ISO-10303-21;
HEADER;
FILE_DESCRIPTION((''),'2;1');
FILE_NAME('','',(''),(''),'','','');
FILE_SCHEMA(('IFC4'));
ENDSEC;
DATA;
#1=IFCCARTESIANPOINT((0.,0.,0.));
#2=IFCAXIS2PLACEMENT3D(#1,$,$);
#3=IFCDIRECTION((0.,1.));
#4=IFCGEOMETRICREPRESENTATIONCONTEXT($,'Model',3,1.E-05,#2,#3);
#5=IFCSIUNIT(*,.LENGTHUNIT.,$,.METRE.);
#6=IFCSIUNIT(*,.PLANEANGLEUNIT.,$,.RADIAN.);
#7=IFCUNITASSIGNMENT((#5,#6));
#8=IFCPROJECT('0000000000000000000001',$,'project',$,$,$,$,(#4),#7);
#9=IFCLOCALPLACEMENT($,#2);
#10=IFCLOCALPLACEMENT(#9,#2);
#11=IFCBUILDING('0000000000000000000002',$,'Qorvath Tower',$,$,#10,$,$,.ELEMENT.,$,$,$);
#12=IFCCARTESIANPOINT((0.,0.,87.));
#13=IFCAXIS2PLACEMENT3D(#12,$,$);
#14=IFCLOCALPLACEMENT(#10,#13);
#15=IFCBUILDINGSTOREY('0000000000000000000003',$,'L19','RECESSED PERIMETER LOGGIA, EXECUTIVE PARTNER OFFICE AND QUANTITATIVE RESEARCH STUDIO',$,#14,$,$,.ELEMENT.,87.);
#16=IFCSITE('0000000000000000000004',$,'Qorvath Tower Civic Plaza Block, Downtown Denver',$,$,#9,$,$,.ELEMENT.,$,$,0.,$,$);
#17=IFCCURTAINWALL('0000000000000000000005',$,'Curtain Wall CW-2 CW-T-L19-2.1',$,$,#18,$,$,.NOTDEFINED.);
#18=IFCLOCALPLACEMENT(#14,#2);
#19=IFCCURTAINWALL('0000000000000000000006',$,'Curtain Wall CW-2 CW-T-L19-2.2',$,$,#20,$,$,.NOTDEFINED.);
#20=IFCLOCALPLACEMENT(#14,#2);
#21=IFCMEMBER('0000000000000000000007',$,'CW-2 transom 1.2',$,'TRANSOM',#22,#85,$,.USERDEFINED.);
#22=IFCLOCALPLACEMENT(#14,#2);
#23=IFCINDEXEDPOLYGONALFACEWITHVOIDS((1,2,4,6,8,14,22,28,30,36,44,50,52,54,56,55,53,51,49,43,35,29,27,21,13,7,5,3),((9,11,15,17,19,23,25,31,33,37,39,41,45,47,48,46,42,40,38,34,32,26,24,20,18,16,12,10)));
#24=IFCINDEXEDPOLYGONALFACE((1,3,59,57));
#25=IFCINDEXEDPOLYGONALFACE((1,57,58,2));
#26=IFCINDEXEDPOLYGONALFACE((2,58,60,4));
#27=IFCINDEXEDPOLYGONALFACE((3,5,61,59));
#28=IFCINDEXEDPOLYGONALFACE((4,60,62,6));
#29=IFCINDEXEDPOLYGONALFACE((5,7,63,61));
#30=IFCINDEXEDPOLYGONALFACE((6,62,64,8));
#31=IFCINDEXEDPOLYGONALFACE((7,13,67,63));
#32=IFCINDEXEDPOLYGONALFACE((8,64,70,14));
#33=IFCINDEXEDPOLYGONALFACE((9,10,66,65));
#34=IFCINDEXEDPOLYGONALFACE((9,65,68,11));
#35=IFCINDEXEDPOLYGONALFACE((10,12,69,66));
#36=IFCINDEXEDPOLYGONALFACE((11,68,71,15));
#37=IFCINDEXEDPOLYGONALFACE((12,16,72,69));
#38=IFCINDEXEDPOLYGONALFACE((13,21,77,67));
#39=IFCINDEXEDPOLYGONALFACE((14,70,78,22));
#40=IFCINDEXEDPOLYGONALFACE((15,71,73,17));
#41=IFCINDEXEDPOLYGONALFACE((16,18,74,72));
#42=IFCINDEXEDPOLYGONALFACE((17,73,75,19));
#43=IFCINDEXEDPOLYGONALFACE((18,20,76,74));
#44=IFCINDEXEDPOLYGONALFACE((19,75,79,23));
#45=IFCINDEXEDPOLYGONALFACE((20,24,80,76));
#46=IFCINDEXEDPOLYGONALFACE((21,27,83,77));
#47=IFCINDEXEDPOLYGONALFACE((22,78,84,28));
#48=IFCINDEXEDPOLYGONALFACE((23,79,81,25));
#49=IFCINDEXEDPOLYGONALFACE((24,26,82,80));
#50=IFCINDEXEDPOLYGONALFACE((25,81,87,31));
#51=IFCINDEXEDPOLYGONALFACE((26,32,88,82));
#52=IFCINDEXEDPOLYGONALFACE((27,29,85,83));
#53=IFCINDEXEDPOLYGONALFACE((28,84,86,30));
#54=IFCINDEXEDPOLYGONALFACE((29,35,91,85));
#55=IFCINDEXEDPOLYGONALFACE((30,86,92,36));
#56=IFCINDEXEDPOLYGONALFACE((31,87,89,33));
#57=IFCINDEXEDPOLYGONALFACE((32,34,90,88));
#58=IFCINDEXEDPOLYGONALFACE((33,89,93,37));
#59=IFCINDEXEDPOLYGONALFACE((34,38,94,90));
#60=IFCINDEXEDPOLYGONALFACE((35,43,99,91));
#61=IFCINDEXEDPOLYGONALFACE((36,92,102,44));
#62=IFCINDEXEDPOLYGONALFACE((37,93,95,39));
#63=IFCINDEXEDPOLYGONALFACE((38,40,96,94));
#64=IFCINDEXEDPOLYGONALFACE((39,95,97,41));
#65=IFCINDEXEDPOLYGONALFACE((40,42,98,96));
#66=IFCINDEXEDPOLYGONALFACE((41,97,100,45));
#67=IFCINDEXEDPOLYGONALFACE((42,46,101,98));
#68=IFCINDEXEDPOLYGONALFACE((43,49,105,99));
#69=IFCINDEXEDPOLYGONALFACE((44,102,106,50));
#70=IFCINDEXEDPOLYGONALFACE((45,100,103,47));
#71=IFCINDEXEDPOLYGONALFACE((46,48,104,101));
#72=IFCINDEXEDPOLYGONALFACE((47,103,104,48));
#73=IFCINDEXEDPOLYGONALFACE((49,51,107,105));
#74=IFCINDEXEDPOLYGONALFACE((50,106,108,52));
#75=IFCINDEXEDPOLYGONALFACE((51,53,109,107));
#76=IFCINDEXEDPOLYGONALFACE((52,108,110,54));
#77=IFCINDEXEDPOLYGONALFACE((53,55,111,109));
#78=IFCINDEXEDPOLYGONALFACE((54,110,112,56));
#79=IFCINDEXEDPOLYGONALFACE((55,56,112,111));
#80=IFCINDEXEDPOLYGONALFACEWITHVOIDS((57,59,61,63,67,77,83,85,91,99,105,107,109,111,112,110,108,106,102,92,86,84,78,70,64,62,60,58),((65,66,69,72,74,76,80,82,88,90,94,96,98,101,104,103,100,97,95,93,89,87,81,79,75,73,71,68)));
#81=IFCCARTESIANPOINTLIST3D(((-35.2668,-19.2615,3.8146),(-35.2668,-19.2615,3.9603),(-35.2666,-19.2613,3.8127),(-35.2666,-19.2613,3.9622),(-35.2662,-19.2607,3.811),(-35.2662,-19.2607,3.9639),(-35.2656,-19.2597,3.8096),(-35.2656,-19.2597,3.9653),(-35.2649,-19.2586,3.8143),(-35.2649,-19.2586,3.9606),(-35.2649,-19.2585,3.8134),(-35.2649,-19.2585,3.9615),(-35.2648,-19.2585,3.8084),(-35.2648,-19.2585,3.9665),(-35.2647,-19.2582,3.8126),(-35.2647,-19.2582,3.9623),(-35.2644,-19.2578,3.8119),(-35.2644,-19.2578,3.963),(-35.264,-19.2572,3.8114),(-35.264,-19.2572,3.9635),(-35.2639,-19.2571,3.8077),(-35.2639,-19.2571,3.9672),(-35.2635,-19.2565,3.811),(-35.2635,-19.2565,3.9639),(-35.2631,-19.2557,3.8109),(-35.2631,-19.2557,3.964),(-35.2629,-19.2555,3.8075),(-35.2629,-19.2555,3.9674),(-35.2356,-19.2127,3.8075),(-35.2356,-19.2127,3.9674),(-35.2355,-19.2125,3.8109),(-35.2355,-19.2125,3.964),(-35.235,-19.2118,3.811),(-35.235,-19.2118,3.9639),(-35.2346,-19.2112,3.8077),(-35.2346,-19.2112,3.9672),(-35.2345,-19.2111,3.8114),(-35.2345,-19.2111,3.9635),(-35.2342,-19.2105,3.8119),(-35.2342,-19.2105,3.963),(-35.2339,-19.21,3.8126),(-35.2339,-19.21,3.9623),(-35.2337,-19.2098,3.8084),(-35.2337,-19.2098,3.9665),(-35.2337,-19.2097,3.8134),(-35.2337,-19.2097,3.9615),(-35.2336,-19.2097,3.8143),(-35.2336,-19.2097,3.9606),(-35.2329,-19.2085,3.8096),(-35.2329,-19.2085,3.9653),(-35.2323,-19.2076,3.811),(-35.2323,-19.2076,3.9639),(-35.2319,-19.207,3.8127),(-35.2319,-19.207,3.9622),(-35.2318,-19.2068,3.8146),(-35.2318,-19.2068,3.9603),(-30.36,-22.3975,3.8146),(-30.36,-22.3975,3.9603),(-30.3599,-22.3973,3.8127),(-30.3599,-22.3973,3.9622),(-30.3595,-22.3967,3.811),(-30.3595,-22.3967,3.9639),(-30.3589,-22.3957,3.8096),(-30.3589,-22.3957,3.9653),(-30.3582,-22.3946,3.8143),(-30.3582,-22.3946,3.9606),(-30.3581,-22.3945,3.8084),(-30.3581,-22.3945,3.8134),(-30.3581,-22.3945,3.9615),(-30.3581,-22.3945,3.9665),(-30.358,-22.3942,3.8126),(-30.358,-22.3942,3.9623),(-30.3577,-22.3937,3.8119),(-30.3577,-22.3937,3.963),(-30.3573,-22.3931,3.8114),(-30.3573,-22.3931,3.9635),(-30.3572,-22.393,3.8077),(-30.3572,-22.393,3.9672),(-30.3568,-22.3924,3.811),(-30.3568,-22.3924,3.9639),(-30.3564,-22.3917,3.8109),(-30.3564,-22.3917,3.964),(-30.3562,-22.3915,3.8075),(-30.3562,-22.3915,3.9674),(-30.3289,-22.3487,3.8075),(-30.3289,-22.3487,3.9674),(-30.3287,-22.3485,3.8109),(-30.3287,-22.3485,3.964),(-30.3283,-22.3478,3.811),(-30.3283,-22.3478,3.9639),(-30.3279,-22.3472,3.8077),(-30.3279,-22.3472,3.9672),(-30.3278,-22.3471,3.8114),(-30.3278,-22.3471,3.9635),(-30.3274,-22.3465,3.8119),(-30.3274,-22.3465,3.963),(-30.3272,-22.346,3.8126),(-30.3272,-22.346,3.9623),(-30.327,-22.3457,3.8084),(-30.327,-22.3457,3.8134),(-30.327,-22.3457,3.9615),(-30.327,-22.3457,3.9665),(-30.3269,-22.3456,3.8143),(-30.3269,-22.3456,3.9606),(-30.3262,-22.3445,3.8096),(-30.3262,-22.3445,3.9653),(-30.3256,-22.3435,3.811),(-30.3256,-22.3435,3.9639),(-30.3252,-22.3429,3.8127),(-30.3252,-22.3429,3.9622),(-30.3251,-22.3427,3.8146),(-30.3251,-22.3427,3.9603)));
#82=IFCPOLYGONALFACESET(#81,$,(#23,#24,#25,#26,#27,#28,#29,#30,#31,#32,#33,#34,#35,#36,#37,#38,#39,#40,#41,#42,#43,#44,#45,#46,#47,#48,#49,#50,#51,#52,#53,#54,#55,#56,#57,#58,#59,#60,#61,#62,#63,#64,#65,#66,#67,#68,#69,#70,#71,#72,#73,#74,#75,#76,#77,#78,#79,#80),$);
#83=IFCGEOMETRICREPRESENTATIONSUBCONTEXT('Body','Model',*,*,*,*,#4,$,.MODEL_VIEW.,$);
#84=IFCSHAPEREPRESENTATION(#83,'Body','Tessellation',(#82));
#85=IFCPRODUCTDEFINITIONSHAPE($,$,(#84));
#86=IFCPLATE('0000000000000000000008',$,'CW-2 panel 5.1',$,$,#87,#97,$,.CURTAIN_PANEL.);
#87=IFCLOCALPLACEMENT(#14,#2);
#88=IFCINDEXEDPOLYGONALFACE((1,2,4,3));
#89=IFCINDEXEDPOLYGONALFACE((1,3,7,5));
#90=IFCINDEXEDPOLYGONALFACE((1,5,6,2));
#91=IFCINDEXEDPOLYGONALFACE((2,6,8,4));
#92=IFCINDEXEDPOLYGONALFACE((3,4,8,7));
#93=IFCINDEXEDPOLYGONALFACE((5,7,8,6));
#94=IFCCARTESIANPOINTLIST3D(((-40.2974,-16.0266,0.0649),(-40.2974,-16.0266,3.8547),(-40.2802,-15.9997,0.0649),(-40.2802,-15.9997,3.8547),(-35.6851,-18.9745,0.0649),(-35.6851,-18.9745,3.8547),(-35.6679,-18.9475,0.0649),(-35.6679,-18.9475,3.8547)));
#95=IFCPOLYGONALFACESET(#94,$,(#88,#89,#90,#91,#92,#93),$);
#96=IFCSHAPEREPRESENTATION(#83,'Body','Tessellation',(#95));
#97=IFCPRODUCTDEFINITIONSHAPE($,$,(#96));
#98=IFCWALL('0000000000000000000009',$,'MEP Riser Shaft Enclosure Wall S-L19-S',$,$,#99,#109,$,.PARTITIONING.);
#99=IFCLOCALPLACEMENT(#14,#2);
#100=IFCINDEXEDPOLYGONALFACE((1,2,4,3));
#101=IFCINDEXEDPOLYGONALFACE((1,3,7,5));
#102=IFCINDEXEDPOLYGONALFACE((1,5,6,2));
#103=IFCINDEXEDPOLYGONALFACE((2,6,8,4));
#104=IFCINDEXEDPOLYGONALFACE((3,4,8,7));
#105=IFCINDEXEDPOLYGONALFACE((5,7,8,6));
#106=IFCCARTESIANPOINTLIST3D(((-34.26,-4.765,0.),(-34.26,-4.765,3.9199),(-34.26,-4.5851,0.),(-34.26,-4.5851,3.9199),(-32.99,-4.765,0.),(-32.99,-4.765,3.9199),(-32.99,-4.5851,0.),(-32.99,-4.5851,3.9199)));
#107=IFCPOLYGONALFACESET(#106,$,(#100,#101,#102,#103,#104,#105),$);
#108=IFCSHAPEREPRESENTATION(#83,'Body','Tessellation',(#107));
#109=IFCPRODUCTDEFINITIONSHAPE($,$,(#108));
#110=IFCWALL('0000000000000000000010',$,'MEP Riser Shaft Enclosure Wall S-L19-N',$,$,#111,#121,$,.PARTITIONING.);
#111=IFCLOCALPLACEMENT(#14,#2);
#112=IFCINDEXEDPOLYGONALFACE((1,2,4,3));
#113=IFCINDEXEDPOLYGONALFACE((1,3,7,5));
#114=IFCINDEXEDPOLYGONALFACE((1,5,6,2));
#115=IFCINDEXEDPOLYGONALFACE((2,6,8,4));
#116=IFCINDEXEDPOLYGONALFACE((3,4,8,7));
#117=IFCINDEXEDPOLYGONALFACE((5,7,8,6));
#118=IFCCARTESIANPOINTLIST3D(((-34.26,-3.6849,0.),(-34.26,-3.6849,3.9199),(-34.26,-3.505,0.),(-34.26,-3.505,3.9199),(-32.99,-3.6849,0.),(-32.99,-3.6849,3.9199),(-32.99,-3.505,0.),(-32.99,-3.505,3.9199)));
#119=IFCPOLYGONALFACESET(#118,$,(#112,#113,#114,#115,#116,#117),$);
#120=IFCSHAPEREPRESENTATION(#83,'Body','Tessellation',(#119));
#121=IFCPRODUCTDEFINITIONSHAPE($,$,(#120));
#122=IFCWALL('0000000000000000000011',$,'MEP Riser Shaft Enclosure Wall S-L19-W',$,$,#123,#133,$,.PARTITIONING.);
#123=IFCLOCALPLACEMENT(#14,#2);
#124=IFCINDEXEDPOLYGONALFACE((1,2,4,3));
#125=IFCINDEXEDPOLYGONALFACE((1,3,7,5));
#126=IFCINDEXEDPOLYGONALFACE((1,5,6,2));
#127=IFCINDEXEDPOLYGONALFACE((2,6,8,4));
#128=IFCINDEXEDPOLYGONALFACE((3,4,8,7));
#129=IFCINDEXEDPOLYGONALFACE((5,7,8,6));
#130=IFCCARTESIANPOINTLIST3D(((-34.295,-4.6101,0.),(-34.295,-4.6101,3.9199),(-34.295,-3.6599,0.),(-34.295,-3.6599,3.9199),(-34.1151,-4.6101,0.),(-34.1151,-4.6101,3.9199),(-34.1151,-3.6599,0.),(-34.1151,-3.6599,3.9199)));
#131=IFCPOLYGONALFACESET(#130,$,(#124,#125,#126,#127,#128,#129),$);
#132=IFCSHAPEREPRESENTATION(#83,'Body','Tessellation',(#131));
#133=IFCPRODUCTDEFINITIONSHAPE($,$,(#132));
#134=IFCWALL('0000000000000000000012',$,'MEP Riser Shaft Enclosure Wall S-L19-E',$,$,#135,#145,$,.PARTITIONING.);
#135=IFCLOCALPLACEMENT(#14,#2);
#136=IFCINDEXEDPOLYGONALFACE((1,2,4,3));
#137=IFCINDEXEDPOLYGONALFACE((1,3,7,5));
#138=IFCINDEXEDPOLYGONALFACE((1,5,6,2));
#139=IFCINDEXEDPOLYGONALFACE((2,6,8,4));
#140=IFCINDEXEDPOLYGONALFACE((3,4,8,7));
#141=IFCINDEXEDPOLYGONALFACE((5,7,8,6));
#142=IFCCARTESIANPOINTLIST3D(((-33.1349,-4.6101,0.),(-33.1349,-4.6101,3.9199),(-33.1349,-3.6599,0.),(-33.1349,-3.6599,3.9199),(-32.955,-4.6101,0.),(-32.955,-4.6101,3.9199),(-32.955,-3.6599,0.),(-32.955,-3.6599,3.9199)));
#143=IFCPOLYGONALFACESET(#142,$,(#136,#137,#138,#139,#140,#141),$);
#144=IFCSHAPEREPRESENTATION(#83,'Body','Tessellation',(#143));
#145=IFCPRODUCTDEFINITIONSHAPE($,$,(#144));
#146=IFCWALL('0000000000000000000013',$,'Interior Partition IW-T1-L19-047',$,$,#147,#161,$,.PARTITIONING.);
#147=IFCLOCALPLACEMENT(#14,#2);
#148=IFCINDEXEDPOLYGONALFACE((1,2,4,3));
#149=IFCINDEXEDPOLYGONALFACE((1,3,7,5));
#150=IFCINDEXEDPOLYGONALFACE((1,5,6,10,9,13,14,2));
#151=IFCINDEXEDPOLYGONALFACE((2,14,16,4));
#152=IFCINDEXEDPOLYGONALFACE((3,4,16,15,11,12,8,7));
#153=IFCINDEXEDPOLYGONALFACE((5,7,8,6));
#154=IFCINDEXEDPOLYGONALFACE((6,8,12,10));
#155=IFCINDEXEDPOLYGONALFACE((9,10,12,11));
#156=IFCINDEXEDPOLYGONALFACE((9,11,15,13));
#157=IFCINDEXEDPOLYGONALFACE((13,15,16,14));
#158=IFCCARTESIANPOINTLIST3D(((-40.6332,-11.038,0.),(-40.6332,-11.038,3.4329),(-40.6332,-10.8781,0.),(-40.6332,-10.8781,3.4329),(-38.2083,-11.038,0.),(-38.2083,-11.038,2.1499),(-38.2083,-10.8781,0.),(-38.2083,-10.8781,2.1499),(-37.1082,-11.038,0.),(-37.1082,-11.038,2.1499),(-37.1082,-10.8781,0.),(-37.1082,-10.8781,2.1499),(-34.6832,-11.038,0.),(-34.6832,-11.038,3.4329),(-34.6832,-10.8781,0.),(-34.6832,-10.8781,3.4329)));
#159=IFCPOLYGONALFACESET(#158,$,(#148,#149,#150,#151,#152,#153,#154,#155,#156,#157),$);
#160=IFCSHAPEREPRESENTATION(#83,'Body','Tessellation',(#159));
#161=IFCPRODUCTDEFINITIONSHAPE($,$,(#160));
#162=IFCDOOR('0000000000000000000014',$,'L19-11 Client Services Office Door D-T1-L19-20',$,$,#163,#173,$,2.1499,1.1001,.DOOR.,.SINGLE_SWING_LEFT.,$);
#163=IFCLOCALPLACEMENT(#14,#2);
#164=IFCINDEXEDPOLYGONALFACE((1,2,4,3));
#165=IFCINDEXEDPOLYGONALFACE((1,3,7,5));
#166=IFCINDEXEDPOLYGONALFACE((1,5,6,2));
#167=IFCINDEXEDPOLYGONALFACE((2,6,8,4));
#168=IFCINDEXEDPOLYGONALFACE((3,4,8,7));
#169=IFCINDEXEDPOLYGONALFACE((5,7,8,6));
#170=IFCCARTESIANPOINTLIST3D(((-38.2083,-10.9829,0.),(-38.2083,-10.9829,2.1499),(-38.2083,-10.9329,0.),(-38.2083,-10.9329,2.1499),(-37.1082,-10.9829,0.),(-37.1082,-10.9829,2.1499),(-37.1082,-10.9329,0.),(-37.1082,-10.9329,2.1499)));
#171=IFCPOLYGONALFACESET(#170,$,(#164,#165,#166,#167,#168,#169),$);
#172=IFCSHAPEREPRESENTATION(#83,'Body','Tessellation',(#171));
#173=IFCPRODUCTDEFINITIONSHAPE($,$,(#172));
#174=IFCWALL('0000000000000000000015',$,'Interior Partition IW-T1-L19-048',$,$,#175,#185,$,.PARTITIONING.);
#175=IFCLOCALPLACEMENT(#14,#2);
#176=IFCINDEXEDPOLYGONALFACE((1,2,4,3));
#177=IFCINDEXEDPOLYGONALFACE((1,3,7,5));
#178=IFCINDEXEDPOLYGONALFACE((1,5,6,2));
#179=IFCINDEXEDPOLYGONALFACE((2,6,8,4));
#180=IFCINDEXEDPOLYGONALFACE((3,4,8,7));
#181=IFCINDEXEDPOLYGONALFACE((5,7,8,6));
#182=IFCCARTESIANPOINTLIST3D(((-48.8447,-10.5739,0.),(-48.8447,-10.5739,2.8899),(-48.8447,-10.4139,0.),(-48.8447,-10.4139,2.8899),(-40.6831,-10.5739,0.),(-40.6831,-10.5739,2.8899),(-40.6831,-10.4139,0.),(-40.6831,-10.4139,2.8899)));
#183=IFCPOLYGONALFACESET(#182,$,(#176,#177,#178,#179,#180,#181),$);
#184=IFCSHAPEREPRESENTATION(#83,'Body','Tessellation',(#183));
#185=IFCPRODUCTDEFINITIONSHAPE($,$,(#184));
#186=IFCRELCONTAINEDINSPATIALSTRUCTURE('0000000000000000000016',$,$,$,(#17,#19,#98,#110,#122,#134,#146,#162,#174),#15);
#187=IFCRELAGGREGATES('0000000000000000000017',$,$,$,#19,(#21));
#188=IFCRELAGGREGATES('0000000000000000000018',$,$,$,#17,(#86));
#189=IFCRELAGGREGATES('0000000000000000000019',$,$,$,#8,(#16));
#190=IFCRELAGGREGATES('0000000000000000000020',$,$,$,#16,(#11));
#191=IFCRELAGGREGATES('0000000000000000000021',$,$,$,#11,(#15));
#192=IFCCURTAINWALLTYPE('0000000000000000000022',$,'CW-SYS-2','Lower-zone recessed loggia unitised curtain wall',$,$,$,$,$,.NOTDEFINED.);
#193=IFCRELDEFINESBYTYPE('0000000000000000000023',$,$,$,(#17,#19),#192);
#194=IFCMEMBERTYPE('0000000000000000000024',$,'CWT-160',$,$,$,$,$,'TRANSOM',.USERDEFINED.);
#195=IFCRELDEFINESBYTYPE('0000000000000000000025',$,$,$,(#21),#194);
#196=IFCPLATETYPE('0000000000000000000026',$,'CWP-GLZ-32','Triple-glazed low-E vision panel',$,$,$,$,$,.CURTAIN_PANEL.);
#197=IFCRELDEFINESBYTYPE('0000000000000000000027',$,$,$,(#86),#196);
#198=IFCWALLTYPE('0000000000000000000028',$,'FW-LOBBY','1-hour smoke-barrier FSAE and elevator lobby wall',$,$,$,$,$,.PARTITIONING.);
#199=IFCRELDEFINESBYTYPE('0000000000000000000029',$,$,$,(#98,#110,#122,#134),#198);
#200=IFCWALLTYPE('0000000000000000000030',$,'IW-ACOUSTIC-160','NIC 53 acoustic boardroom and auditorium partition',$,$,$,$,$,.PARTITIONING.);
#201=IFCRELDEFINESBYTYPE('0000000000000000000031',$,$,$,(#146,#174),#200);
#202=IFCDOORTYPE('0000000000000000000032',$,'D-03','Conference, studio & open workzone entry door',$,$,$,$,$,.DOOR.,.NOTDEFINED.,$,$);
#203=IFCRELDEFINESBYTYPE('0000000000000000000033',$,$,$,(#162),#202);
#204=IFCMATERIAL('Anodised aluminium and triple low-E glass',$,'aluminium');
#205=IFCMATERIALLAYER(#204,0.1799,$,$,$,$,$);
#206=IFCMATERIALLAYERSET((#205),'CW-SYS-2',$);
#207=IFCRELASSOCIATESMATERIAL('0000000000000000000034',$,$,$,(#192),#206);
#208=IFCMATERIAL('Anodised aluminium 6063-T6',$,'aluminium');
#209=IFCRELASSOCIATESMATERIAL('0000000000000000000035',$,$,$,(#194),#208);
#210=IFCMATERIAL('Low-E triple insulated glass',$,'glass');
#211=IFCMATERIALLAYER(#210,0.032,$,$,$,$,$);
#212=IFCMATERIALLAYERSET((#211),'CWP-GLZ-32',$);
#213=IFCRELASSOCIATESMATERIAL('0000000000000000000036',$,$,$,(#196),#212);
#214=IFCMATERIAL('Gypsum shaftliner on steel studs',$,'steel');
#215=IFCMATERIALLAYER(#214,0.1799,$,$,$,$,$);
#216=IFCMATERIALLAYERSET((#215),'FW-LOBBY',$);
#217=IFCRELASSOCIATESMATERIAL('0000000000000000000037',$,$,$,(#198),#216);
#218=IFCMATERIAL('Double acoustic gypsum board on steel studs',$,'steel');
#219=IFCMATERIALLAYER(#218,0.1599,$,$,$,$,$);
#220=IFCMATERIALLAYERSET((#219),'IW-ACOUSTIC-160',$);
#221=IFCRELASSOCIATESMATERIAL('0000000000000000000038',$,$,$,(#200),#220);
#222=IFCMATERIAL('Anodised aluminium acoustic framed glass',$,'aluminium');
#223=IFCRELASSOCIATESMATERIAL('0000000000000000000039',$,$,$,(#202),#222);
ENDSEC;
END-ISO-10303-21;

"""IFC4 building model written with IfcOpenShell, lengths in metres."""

from ifc_helpers import new_model, si_unit, direction, frame, frame_2d, origin, origin_2d, place, context, subcontext, project, spatial, rectangle, hollow_rectangle, extrude, material, layer, layer_set, material_profile, profile_set, type_object, element, fill, aggregate, save


model = new_model("IFC4")

# Units and contexts
model_context = context("Model", 3, precision=1e-05, world=origin(), true_north=direction((0.0, 1.0)))
body_context = subcontext(model_context, "Body", "Model", "MODEL_VIEW")
ifc_project = project(units=[si_unit("LENGTHUNIT", "METRE"), si_unit("PLANEANGLEUNIT", "RADIAN")], contexts=[model_context])

# Site, building, storey
site_placement = place(None, origin())
site = spatial("IfcSite", under=ifc_project, at=site_placement, Name="Qorvath Tower Civic Plaza Block, Downtown Denver", CompositionType="ELEMENT", RefElevation=0.0)
building_placement = place(site_placement, origin())
building = spatial("IfcBuilding", under=site, at=building_placement, Name="Qorvath Tower", CompositionType="ELEMENT")
storey_placement = place(building_placement, frame((0.0, 0.0, 87.0)))
storey = spatial("IfcBuildingStorey", under=building, at=storey_placement, Name="L19", Description="RECESSED PERIMETER LOGGIA, EXECUTIVE PARTNER OFFICE AND QUANTITATIVE RESEARCH STUDIO", CompositionType="ELEMENT", Elevation=87.0)

# Curtain wall
ifc_material_1 = material(Name="Anodised aluminium and triple low-E glass", Category="aluminium")
ifc_layer_1 = layer(ifc_material_1, 0.1799)
ifc_layer_set_1 = layer_set([ifc_layer_1], Name="CW-SYS-2")
curtain_wall_type = type_object("IfcCurtainWallType", Name="CW-SYS-2", Description="Lower-zone recessed loggia unitised curtain wall", PredefinedType="NOTDEFINED", material=ifc_layer_set_1)
curtain_wall_1_placement = place(storey_placement, origin())
curtain_wall_1 = element("IfcCurtainWall", 1, at=curtain_wall_1_placement, inside=storey, type_object=curtain_wall_type, Name="Curtain Wall CW-2 CW-T-L19-2.1", PredefinedType="NOTDEFINED")

# Curtain wall
curtain_wall_2_placement = place(storey_placement, origin())
curtain_wall_2 = element("IfcCurtainWall", 2, at=curtain_wall_2_placement, inside=storey, type_object=curtain_wall_type, Name="Curtain Wall CW-2 CW-T-L19-2.2", PredefinedType="NOTDEFINED")

# Member
ifc_material_2 = material(Name="Anodised aluminium 6063-T6", Category="aluminium")
ifc_material_profile_1 = material_profile(ifc_material_2, hollow_rectangle(XDim=0.0649, YDim=0.1599, WallThickness=0.0034, InnerFilletRadius=0.0034, OuterFilletRadius=0.0071, at=origin_2d()), Name="CWT 160x65")
ifc_profile_set_1 = profile_set([ifc_material_profile_1], Name="Anodised aluminium 6063-T6")
member_type_1 = type_object("IfcMemberType", Name="CWT-160", ElementType="TRANSOM", PredefinedType="USERDEFINED", material=ifc_profile_set_1)
member_1_placement = place(storey_placement, frame((-35.2493, -19.2341, 3.8875), z_axis=(0.842609, -0.538527, 0.0), x_axis=(0.538527, 0.842609, 0.0)))
member_1 = element("IfcMember", 3, at=member_1_placement, type_object=member_type_1, Name="CW-2 transom 1.2", ObjectType="TRANSOM", PredefinedType="USERDEFINED", context=body_context, shape_type="SweptSolid", body=[
    extrude(hollow_rectangle(XDim=0.0649, YDim=0.1599, WallThickness=0.0034, InnerFilletRadius=0.0034, OuterFilletRadius=0.0071, at=origin_2d()), origin(), (0.0, 0.0, 1.0), 5.8232),
])
aggregate(curtain_wall_2, [member_1])

# Plate
ifc_material_3 = material(Name="Low-E triple insulated glass", Category="glass")
ifc_layer_2 = layer(ifc_material_3, 0.032)
ifc_layer_set_2 = layer_set([ifc_layer_2], Name="CWP-GLZ-32")
plate_type = type_object("IfcPlateType", Name="CWP-GLZ-32", Description="Triple-glazed low-E vision panel", PredefinedType="CURTAIN_PANEL", material=ifc_layer_set_2)
plate_placement = place(storey_placement, frame((-37.9827, -17.4871, 0.0649), z_axis=(0.0, 0.0, 1.0), x_axis=(0.842608, -0.538528, 0.0)))
plate = element("IfcPlate", 4, at=plate_placement, type_object=plate_type, Name="CW-2 panel 5.1", PredefinedType="CURTAIN_PANEL", context=body_context, shape_type="SweptSolid", body=[
    extrude(rectangle(XDim=5.4739, YDim=0.032, at=origin_2d()), origin(), (0.0, 0.0, 1.0), 3.7898),
])
aggregate(curtain_wall_1, [plate])

# Walls
ifc_material_4 = material(Name="Gypsum shaftliner on steel studs", Category="steel")
ifc_layer_3 = layer(ifc_material_4, 0.1799)
ifc_layer_set_3 = layer_set([ifc_layer_3], Name="FW-LOBBY")
wall_type_1 = type_object("IfcWallType", Name="FW-LOBBY", Description="1-hour smoke-barrier FSAE and elevator lobby wall", PredefinedType="PARTITIONING", material=ifc_layer_set_3)
for number, where, z_axis, x_axis, name in (
    (5, (-32.99, -4.675, 0.0), (0.0, 0.0, 1.0), (-1.0, 0.0, 0.0), "MEP Riser Shaft Enclosure Wall S-L19-S"),
    (6, (-34.26, -3.595, 0.0), (0.0, 0.0, 1.0), (1.0, 0.0, 0.0), "MEP Riser Shaft Enclosure Wall S-L19-N"),
):
    element("IfcWall", number, at=place(storey_placement, frame(where, z_axis=z_axis, x_axis=x_axis)), inside=storey, type_object=wall_type_1, Name=name, PredefinedType="PARTITIONING", context=body_context, shape_type="SweptSolid", body=[
        extrude(rectangle(XDim=1.27, YDim=0.1799, at=frame_2d((0.635, 0.0))), origin(), (0.0, 0.0, 1.0), 3.9199),
    ])
for number, where, z_axis, x_axis, name in (
    (7, (-34.2051, -4.6101, 0.0), (0.0, 0.0, 1.0), (0.0, 1.0, 0.0), "MEP Riser Shaft Enclosure Wall S-L19-W"),
    (8, (-33.0449, -3.6599, 0.0), (0.0, 0.0, 1.0), (0.0, -1.0, 0.0), "MEP Riser Shaft Enclosure Wall S-L19-E"),
):
    element("IfcWall", number, at=place(storey_placement, frame(where, z_axis=z_axis, x_axis=x_axis)), inside=storey, type_object=wall_type_1, Name=name, PredefinedType="PARTITIONING", context=body_context, shape_type="SweptSolid", body=[
        extrude(rectangle(XDim=0.9502, YDim=0.1799, at=frame_2d((0.4751, 0.0))), origin(), (0.0, 0.0, 1.0), 3.9199),
    ])

# Wall, opening, door
ifc_material_5 = material(Name="Double acoustic gypsum board on steel studs", Category="steel")
ifc_layer_4 = layer(ifc_material_5, 0.1599)
ifc_layer_set_4 = layer_set([ifc_layer_4], Name="IW-ACOUSTIC-160")
wall_type_2 = type_object("IfcWallType", Name="IW-ACOUSTIC-160", Description="NIC 53 acoustic boardroom and auditorium partition", PredefinedType="PARTITIONING", material=ifc_layer_set_4)
wall_1_placement = place(storey_placement, frame((-34.6831, -10.958, 0.0), z_axis=(0.0, 0.0, 1.0), x_axis=(-1.0, 0.0, 0.0)))
wall_1 = element("IfcWall", 9, at=wall_1_placement, inside=storey, type_object=wall_type_2, Name="Interior Partition IW-T1-L19-047", PredefinedType="PARTITIONING", context=body_context, shape_type="SweptSolid", body=[
    extrude(rectangle(XDim=5.95, YDim=0.1599, at=frame_2d((2.9751, 0.0))), origin(), (0.0, 0.0, 1.0), 3.4329),
])
opening_1_placement = place(wall_1_placement, frame((2.425, 0.0, 0.0)))
opening_1 = element("IfcOpeningElement", 10, at=opening_1_placement, cuts=wall_1, PredefinedType="OPENING", context=body_context, shape_type="SweptSolid", body=[
    extrude(rectangle(XDim=1.1001, YDim=2.1499, at=frame_2d((0.55, 1.075))), frame((0.0, 0.0898, 0.0), z_axis=(0.0, -1.0, 0.0), x_axis=(1.0, 0.0, 0.0)), (0.0, 0.0, 1.0), 0.1799),
])
ifc_material_6 = material(Name="Anodised aluminium acoustic framed glass", Category="aluminium")
door_type_1 = type_object("IfcDoorType", Name="D-03", Description="Conference, studio & open workzone entry door", OperationType="NOTDEFINED", PredefinedType="DOOR", material=ifc_material_6)
door_1_placement = place(opening_1_placement, origin())
door_1 = element("IfcDoor", 11, at=door_1_placement, inside=storey, type_object=door_type_1, Name="L19-11 Client Services Office Door D-T1-L19-20", OperationType="SINGLE_SWING_LEFT", OverallHeight=2.1499, OverallWidth=1.1001, PredefinedType="DOOR", context=body_context, shape_type="SweptSolid", body=[
    extrude(rectangle(XDim=1.1001, YDim=2.1499, at=frame_2d((0.55, 1.075))), frame((0.0, 0.0249, 0.0), z_axis=(0.0, -1.0, 0.0), x_axis=(1.0, 0.0, 0.0)), (0.0, 0.0, 1.0), 0.05),
])
fill(opening_1, door_1)

# Wall
wall_2_placement = place(storey_placement, frame((-40.6831, -10.4939, 0.0), z_axis=(0.0, 0.0, 1.0), x_axis=(-1.0, 0.0, 0.0)))
element("IfcWall", 12, at=wall_2_placement, inside=storey, type_object=wall_type_2, Name="Interior Partition IW-T1-L19-048", PredefinedType="PARTITIONING", context=body_context, shape_type="SweptSolid", body=[
    extrude(rectangle(XDim=8.1616, YDim=0.1599, at=frame_2d((4.0808, 0.0))), origin(), (0.0, 0.0, 1.0), 2.8899),
])

save(model, "model.ifc")
